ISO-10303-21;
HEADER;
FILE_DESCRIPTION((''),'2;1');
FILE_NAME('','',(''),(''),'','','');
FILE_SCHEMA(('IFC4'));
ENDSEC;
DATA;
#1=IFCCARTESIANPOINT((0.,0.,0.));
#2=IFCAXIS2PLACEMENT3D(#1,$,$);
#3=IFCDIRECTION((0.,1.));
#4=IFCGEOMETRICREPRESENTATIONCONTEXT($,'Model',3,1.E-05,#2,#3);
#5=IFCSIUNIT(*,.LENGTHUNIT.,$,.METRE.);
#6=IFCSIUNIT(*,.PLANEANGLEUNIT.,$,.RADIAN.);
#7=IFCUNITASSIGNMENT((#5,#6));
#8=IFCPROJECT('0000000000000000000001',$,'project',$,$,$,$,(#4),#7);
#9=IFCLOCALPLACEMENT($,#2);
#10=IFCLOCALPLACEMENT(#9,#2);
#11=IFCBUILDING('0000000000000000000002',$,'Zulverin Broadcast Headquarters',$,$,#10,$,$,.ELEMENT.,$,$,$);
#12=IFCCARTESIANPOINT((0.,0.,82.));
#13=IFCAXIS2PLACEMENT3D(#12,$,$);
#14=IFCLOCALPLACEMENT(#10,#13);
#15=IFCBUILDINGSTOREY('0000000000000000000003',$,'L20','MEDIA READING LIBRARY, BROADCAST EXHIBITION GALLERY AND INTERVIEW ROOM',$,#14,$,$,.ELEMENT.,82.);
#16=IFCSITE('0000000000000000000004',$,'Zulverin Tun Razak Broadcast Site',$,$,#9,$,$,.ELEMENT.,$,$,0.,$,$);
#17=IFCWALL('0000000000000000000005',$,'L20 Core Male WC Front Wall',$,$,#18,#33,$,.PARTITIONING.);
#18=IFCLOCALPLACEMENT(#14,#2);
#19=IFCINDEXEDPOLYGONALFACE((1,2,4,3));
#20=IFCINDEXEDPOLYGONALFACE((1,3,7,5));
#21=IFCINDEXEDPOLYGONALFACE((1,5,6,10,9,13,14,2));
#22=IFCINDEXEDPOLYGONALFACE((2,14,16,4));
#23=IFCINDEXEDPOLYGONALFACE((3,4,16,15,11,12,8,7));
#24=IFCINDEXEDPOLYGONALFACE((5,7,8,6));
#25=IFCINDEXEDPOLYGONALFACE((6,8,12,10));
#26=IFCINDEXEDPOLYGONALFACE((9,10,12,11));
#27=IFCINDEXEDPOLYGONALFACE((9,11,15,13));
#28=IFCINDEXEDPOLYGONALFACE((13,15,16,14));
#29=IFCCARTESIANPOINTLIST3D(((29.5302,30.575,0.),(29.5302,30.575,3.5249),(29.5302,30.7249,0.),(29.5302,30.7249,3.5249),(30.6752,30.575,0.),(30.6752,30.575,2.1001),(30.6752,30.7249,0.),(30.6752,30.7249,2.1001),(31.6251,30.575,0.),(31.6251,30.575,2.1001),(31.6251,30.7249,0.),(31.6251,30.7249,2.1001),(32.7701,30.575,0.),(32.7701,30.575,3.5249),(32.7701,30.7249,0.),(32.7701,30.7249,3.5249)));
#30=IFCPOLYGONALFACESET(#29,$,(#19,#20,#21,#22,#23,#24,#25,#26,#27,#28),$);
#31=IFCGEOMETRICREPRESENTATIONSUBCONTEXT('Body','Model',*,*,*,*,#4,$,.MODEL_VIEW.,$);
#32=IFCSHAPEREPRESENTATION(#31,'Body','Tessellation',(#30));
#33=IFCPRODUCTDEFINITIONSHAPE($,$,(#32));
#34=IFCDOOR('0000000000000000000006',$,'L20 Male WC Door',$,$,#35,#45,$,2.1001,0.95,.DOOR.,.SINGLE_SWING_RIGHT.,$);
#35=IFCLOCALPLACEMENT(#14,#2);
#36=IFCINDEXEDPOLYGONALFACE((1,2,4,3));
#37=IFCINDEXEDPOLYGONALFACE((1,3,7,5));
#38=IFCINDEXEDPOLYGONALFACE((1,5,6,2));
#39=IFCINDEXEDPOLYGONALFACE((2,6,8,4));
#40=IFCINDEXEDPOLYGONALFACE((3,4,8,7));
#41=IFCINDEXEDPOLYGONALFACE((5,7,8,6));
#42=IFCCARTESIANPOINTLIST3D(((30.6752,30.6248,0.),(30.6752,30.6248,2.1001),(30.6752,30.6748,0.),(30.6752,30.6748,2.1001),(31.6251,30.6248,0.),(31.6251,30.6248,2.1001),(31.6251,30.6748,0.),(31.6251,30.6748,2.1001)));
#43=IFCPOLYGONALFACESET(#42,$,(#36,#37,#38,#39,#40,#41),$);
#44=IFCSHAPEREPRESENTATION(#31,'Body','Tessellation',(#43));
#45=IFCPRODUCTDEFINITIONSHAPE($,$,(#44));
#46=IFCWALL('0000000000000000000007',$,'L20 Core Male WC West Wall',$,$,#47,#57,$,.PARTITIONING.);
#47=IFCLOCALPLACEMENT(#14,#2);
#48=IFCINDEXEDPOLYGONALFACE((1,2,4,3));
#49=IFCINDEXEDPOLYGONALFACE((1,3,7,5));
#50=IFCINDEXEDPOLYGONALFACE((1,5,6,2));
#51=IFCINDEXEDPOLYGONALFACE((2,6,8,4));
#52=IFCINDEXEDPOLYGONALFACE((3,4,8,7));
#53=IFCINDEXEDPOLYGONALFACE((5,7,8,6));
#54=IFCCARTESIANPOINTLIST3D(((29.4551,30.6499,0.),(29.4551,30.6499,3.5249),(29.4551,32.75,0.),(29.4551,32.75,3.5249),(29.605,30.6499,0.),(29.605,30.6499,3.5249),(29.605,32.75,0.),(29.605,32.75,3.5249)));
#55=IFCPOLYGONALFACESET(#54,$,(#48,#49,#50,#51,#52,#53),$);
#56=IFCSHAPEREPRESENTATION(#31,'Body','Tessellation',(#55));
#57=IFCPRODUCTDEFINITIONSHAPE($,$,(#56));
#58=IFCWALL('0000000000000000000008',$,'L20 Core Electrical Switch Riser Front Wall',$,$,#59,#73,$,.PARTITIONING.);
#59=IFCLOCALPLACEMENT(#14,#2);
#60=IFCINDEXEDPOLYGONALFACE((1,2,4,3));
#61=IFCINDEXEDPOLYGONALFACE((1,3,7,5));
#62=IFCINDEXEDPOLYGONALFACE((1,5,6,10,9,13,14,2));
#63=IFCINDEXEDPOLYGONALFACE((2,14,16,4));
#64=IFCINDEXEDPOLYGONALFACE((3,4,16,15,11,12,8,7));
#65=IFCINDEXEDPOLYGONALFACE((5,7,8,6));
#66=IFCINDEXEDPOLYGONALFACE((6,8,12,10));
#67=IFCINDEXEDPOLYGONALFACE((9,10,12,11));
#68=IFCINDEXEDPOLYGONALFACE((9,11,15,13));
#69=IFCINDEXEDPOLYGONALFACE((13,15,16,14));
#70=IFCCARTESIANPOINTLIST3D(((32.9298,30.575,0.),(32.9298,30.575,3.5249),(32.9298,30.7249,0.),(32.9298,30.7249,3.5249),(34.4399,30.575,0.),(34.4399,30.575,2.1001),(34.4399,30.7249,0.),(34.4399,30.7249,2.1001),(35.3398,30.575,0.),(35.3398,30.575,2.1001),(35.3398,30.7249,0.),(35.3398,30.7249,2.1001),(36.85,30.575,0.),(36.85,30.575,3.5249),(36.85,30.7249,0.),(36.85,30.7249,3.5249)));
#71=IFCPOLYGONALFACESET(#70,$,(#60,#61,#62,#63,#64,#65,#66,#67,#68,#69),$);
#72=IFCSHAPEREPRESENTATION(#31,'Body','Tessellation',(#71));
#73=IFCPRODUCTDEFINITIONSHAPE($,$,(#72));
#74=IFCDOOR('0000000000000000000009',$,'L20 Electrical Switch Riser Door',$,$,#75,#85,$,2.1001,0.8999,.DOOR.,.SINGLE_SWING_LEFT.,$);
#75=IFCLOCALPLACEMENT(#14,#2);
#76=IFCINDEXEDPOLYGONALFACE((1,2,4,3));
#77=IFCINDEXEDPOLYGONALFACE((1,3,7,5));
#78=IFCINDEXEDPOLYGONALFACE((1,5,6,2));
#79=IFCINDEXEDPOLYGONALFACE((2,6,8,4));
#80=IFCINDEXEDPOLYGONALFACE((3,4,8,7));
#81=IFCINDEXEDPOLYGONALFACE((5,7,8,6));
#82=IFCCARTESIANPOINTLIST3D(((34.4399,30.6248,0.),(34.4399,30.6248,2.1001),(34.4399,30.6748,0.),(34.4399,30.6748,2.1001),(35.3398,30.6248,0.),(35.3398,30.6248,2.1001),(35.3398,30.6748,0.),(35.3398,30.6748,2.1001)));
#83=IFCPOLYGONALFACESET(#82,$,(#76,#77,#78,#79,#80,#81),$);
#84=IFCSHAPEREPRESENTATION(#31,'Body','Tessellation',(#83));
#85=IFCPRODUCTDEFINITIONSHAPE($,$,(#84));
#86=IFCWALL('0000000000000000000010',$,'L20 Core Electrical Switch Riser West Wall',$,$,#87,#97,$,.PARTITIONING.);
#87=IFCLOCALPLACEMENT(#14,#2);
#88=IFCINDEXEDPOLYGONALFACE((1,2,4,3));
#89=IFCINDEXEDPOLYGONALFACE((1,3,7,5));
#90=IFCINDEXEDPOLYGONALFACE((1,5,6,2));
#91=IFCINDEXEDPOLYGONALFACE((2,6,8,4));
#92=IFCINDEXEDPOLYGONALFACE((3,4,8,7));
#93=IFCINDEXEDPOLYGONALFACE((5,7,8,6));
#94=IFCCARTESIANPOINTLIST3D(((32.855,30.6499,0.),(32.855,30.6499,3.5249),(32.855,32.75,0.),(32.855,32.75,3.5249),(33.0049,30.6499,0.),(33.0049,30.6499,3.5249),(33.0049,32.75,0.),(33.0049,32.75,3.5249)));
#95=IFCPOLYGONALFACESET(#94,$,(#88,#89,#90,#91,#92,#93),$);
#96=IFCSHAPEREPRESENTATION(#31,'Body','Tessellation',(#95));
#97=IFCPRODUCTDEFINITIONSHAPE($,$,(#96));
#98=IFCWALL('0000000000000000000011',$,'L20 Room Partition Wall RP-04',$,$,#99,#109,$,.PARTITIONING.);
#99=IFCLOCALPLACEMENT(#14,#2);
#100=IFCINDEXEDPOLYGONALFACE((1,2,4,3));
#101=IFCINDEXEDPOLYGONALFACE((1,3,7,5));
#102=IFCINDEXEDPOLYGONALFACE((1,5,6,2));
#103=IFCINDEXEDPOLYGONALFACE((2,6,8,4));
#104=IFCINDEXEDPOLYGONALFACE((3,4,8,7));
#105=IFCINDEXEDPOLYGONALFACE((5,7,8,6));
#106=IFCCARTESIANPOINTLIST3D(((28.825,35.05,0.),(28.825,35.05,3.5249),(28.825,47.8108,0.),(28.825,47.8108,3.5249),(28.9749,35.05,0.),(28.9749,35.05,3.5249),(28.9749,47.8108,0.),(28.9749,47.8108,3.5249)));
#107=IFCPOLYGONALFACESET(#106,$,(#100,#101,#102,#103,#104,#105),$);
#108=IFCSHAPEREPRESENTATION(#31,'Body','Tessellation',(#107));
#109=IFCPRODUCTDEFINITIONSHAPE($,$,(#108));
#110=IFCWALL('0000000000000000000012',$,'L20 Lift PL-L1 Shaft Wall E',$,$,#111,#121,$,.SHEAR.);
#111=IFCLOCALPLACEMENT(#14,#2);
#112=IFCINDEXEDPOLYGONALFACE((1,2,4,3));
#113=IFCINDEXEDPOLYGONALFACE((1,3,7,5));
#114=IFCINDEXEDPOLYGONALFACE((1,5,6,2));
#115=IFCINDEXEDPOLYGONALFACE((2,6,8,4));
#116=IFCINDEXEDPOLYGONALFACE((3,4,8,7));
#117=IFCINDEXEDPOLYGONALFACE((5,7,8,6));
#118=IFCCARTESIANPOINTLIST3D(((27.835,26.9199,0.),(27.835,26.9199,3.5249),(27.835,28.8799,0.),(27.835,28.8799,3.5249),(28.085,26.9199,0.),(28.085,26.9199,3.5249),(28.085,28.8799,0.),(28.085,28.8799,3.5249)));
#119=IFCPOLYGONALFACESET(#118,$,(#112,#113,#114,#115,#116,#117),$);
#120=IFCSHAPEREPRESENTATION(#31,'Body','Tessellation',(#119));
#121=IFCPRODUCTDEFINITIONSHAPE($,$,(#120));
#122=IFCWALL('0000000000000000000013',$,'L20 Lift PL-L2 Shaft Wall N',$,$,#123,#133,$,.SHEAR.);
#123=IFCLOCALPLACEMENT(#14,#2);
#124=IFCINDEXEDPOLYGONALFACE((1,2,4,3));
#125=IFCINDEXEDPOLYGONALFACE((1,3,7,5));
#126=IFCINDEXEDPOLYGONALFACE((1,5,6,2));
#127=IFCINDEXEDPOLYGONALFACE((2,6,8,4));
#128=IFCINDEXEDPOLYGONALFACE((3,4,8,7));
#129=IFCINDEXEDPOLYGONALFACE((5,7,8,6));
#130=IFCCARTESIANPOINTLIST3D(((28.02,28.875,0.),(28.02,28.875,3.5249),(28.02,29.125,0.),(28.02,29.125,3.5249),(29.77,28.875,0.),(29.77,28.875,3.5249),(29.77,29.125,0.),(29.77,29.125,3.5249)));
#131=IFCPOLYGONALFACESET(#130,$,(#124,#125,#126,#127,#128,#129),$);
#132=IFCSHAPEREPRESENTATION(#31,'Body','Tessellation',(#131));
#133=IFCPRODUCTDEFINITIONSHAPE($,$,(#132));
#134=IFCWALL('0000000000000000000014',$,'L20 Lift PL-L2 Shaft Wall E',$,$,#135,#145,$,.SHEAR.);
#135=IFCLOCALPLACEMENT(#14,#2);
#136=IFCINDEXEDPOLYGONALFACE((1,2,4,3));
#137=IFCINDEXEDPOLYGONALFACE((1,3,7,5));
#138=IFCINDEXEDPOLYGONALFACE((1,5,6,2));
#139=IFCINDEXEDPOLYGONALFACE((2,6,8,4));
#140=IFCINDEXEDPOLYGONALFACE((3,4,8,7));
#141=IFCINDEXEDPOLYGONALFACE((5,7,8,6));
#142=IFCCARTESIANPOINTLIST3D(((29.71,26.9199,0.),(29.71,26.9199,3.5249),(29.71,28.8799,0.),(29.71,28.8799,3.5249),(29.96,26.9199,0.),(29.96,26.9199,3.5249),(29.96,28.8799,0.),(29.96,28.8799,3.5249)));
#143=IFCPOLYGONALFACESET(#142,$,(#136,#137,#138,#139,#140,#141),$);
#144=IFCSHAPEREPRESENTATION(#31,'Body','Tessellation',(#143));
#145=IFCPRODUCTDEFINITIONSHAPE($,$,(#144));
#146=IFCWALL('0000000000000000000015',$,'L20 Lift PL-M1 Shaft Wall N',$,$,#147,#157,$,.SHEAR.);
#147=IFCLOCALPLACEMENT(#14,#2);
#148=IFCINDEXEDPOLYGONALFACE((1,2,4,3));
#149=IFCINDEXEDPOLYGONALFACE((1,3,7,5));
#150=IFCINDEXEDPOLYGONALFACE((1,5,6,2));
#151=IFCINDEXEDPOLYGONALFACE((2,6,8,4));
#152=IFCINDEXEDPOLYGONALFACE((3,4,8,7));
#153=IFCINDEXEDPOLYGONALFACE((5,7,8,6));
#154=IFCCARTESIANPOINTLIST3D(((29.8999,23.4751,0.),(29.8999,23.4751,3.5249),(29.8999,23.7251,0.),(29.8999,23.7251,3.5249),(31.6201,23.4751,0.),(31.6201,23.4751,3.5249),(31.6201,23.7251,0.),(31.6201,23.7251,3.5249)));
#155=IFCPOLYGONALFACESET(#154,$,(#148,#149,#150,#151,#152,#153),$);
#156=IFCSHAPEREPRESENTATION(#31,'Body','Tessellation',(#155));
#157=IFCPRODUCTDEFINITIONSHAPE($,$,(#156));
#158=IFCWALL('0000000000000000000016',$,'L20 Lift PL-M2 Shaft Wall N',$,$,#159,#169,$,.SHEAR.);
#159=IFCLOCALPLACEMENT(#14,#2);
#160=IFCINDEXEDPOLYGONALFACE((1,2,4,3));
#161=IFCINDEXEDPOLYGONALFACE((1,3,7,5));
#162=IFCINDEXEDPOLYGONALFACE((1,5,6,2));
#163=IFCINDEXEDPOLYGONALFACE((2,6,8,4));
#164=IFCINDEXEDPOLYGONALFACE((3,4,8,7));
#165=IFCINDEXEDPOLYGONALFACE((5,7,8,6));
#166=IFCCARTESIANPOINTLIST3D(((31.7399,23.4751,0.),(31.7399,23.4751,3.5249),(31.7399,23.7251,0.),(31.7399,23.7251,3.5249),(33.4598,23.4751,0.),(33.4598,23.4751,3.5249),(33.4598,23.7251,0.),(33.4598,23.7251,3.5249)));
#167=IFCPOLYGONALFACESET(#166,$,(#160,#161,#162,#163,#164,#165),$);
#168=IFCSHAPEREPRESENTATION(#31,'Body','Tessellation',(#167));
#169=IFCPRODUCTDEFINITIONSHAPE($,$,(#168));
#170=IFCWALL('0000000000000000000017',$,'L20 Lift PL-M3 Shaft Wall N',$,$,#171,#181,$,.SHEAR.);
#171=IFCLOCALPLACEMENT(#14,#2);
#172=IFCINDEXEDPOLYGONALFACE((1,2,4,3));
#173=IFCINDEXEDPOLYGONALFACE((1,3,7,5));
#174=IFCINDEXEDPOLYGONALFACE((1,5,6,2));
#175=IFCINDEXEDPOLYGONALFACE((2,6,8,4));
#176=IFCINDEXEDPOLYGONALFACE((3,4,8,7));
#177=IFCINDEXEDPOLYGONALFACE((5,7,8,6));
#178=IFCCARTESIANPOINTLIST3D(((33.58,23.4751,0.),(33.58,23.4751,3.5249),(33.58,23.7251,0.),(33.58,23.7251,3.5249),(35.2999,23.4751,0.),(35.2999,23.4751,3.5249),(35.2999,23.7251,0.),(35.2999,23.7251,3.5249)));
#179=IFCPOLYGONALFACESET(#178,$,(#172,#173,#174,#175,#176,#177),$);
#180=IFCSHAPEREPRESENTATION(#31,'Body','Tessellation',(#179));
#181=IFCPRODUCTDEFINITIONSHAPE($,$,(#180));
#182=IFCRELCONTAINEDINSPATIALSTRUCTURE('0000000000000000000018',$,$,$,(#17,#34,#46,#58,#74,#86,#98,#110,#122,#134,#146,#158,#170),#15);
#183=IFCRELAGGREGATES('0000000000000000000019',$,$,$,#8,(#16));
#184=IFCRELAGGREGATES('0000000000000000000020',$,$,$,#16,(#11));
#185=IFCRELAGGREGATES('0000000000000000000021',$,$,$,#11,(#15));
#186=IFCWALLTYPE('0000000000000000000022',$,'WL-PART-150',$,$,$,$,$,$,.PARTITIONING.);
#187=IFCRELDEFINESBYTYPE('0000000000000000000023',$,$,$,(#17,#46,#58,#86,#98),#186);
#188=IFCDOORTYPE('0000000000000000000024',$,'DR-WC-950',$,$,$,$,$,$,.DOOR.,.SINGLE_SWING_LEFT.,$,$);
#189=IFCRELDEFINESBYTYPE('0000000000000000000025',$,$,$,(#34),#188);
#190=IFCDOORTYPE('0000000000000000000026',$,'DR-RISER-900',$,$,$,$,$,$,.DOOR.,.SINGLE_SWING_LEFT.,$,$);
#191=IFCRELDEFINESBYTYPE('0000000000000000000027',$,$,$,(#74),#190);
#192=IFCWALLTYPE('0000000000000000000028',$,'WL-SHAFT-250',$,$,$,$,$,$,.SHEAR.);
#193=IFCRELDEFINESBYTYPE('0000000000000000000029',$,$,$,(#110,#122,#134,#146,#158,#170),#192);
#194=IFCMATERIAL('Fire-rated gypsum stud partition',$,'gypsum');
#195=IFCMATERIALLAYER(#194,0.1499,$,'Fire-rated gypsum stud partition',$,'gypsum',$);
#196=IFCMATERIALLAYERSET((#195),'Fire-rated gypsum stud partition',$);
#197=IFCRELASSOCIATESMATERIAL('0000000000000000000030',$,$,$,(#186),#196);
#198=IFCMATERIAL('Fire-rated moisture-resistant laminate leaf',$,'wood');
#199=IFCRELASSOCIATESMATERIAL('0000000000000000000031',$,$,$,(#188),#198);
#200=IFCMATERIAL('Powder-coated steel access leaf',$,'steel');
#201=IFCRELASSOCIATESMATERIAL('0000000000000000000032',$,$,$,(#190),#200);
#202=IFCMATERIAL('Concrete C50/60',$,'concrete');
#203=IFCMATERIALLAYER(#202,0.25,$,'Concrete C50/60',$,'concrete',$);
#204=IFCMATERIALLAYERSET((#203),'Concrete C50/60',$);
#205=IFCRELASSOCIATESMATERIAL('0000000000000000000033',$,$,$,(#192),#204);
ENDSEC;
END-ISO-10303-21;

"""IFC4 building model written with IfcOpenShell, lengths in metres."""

from ifc_helpers import new_model, si_unit, direction, frame, frame_2d, origin, place, context, subcontext, project, spatial, rectangle, extrude, material, layer, layer_set, type_object, element, fill, save


model = new_model("IFC4")

# Units and contexts
model_context = context("Model", 3, precision=1e-05, world=origin(), true_north=direction((0.0, 1.0)))
body_context = subcontext(model_context, "Body", "Model", "MODEL_VIEW")
ifc_project = project(units=[si_unit("LENGTHUNIT", "METRE"), si_unit("PLANEANGLEUNIT", "RADIAN")], contexts=[model_context])

# Site, building, storey
site_placement = place(None, origin())
site = spatial("IfcSite", under=ifc_project, at=site_placement, Name="Zulverin Tun Razak Broadcast Site", CompositionType="ELEMENT", RefElevation=0.0)
building_placement = place(site_placement, origin())
building = spatial("IfcBuilding", under=site, at=building_placement, Name="Zulverin Broadcast Headquarters", CompositionType="ELEMENT")
storey_placement = place(building_placement, frame((0.0, 0.0, 82.0)))
storey = spatial("IfcBuildingStorey", under=building, at=storey_placement, Name="L20", Description="MEDIA READING LIBRARY, BROADCAST EXHIBITION GALLERY AND INTERVIEW ROOM", CompositionType="ELEMENT", Elevation=82.0)

# Wall, opening, door
ifc_material_1 = material(Name="Fire-rated gypsum stud partition", Category="gypsum")
ifc_layer_1 = layer(ifc_material_1, 0.1499, Name="Fire-rated gypsum stud partition", Category="gypsum")
ifc_layer_set_1 = layer_set([ifc_layer_1], Name="Fire-rated gypsum stud partition")
wall_type_1 = type_object("IfcWallType", Name="WL-PART-150", PredefinedType="PARTITIONING", material=ifc_layer_set_1)
wall_1_placement = place(storey_placement, frame((29.53, 30.6499, 0.0), z_axis=(0.0, 0.0, 1.0), x_axis=(1.0, 0.0, 0.0)))
wall_1 = element("IfcWall", 1, at=wall_1_placement, inside=storey, type_object=wall_type_1, Name="L20 Core Male WC Front Wall", PredefinedType="PARTITIONING", context=body_context, shape_type="SweptSolid", body=[
    extrude(rectangle(XDim=3.24, YDim=0.1499, at=frame_2d((1.6201, 0.0))), origin(), (0.0, 0.0, 1.0), 3.5249),
])
opening_1_placement = place(wall_1_placement, frame((1.145, 0.0, 0.0)))
opening_1 = element("IfcOpeningElement", 2, at=opening_1_placement, cuts=wall_1, PredefinedType="OPENING", context=body_context, shape_type="SweptSolid", body=[
    extrude(rectangle(XDim=0.95, YDim=2.1001, at=frame_2d((0.4751, 1.05))), frame((0.0, 0.085, 0.0), z_axis=(0.0, -1.0, 0.0), x_axis=(1.0, 0.0, 0.0)), (0.0, 0.0, 1.0), 0.1699),
])
ifc_material_2 = material(Name="Fire-rated moisture-resistant laminate leaf", Category="wood")
door_type_1 = type_object("IfcDoorType", Name="DR-WC-950", OperationType="SINGLE_SWING_LEFT", PredefinedType="DOOR", material=ifc_material_2)
door_1_placement = place(opening_1_placement, origin())
door_1 = element("IfcDoor", 3, at=door_1_placement, inside=storey, type_object=door_type_1, Name="L20 Male WC Door", OperationType="SINGLE_SWING_RIGHT", OverallHeight=2.1001, OverallWidth=0.95, PredefinedType="DOOR", context=body_context, shape_type="SweptSolid", body=[
    extrude(rectangle(XDim=0.95, YDim=2.1001, at=frame_2d((0.4751, 1.05))), frame((0.0, 0.0249, 0.0), z_axis=(0.0, -1.0, 0.0), x_axis=(1.0, 0.0, 0.0)), (0.0, 0.0, 1.0), 0.05),
])
fill(opening_1, door_1)

# Wall
wall_2_placement = place(storey_placement, frame((29.53, 30.6499, 0.0), z_axis=(0.0, 0.0, 1.0), x_axis=(0.0, 1.0, 0.0)))
element("IfcWall", 4, at=wall_2_placement, inside=storey, type_object=wall_type_1, Name="L20 Core Male WC West Wall", PredefinedType="PARTITIONING", context=body_context, shape_type="SweptSolid", body=[
    extrude(rectangle(XDim=2.1001, YDim=0.1499, at=frame_2d((1.05, 0.0))), origin(), (0.0, 0.0, 1.0), 3.5249),
])

# Wall, opening, door
wall_3_placement = place(storey_placement, frame((32.9299, 30.6499, 0.0), z_axis=(0.0, 0.0, 1.0), x_axis=(1.0, 0.0, 0.0)))
wall_3 = element("IfcWall", 5, at=wall_3_placement, inside=storey, type_object=wall_type_1, Name="L20 Core Electrical Switch Riser Front Wall", PredefinedType="PARTITIONING", context=body_context, shape_type="SweptSolid", body=[
    extrude(rectangle(XDim=3.9202, YDim=0.1499, at=frame_2d((1.96, 0.0))), origin(), (0.0, 0.0, 1.0), 3.5249),
])
opening_2_placement = place(wall_3_placement, frame((1.51, 0.0, 0.0)))
opening_2 = element("IfcOpeningElement", 6, at=opening_2_placement, cuts=wall_3, PredefinedType="OPENING", context=body_context, shape_type="SweptSolid", body=[
    extrude(rectangle(XDim=0.8999, YDim=2.1001, at=frame_2d((0.45, 1.05))), frame((0.0, 0.085, 0.0), z_axis=(0.0, -1.0, 0.0), x_axis=(1.0, 0.0, 0.0)), (0.0, 0.0, 1.0), 0.1699),
])
ifc_material_3 = material(Name="Powder-coated steel access leaf", Category="steel")
door_type_2 = type_object("IfcDoorType", Name="DR-RISER-900", OperationType="SINGLE_SWING_LEFT", PredefinedType="DOOR", material=ifc_material_3)
door_2_placement = place(opening_2_placement, origin())
door_2 = element("IfcDoor", 7, at=door_2_placement, inside=storey, type_object=door_type_2, Name="L20 Electrical Switch Riser Door", OperationType="SINGLE_SWING_LEFT", OverallHeight=2.1001, OverallWidth=0.8999, PredefinedType="DOOR", context=body_context, shape_type="SweptSolid", body=[
    extrude(rectangle(XDim=0.8999, YDim=2.1001, at=frame_2d((0.45, 1.05))), frame((0.0, 0.0249, 0.0), z_axis=(0.0, -1.0, 0.0), x_axis=(1.0, 0.0, 0.0)), (0.0, 0.0, 1.0), 0.05),
])
fill(opening_2, door_2)

# Walls
wall_4_placement = place(storey_placement, frame((32.9299, 30.6499, 0.0), z_axis=(0.0, 0.0, 1.0), x_axis=(0.0, 1.0, 0.0)))
element("IfcWall", 8, at=wall_4_placement, inside=storey, type_object=wall_type_1, Name="L20 Core Electrical Switch Riser West Wall", PredefinedType="PARTITIONING", context=body_context, shape_type="SweptSolid", body=[
    extrude(rectangle(XDim=2.1001, YDim=0.1499, at=frame_2d((1.05, 0.0))), origin(), (0.0, 0.0, 1.0), 3.5249),
])
wall_5_placement = place(storey_placement, frame((28.8999, 35.05, 0.0), z_axis=(0.0, 0.0, 1.0), x_axis=(0.0, 1.0, 0.0)))
element("IfcWall", 9, at=wall_5_placement, inside=storey, type_object=wall_type_1, Name="L20 Room Partition Wall RP-04", PredefinedType="PARTITIONING", context=body_context, shape_type="SweptSolid", body=[
    extrude(rectangle(XDim=12.7607, YDim=0.1499, at=frame_2d((6.3804, 0.0))), origin(), (0.0, 0.0, 1.0), 3.5249),
])
ifc_material_4 = material(Name="Concrete C50/60", Category="concrete")
ifc_layer_2 = layer(ifc_material_4, 0.25, Name="Concrete C50/60", Category="concrete")
ifc_layer_set_2 = layer_set([ifc_layer_2], Name="Concrete C50/60")
wall_type_2 = type_object("IfcWallType", Name="WL-SHAFT-250", PredefinedType="SHEAR", material=ifc_layer_set_2)
wall_6_placement = place(storey_placement, frame((27.96, 26.9199, 0.0), z_axis=(0.0, 0.0, 1.0), x_axis=(0.0, 1.0, 0.0)))
element("IfcWall", 10, at=wall_6_placement, inside=storey, type_object=wall_type_2, Name="L20 Lift PL-L1 Shaft Wall E", PredefinedType="SHEAR", context=body_context, shape_type="SweptSolid", body=[
    extrude(rectangle(XDim=1.96, YDim=0.25, at=frame_2d((0.98, 0.0))), origin(), (0.0, 0.0, 1.0), 3.5249),
])

# Walls
wall_7_placement = place(storey_placement, frame((28.02, 29.0, 0.0), z_axis=(0.0, 0.0, 1.0), x_axis=(1.0, 0.0, 0.0)))
element("IfcWall", 11, at=wall_7_placement, inside=storey, type_object=wall_type_2, Name="L20 Lift PL-L2 Shaft Wall N", PredefinedType="SHEAR", context=body_context, shape_type="SweptSolid", body=[
    extrude(rectangle(XDim=1.75, YDim=0.25, at=frame_2d((0.875, 0.0))), origin(), (0.0, 0.0, 1.0), 3.5249),
])
wall_8_placement = place(storey_placement, frame((29.835, 26.9199, 0.0), z_axis=(0.0, 0.0, 1.0), x_axis=(0.0, 1.0, 0.0)))
element("IfcWall", 12, at=wall_8_placement, inside=storey, type_object=wall_type_2, Name="L20 Lift PL-L2 Shaft Wall E", PredefinedType="SHEAR", context=body_context, shape_type="SweptSolid", body=[
    extrude(rectangle(XDim=1.96, YDim=0.25, at=frame_2d((0.98, 0.0))), origin(), (0.0, 0.0, 1.0), 3.5249),
])
wall_9_placement = place(storey_placement, frame((29.8999, 23.6001, 0.0), z_axis=(0.0, 0.0, 1.0), x_axis=(1.0, 0.0, 0.0)))
element("IfcWall", 13, at=wall_9_placement, inside=storey, type_object=wall_type_2, Name="L20 Lift PL-M1 Shaft Wall N", PredefinedType="SHEAR", context=body_context, shape_type="SweptSolid", body=[
    extrude(rectangle(XDim=1.7202, YDim=0.25, at=frame_2d((0.8601, 0.0))), origin(), (0.0, 0.0, 1.0), 3.5249),
])
for number, where, z_axis, x_axis, name in (
    (14, (31.74, 23.6001, 0.0), (0.0, 0.0, 1.0), (1.0, 0.0, 0.0), "L20 Lift PL-M2 Shaft Wall N"),
    (15, (33.5801, 23.6001, 0.0), (0.0, 0.0, 1.0), (1.0, 0.0, 0.0), "L20 Lift PL-M3 Shaft Wall N"),
):
    element("IfcWall", number, at=place(storey_placement, frame(where, z_axis=z_axis, x_axis=x_axis)), inside=storey, type_object=wall_type_2, Name=name, PredefinedType="SHEAR", context=body_context, shape_type="SweptSolid", body=[
        extrude(rectangle(XDim=1.72, YDim=0.25, at=frame_2d((0.8599, 0.0))), origin(), (0.0, 0.0, 1.0), 3.5249),
    ])

save(model, "model.ifc")
